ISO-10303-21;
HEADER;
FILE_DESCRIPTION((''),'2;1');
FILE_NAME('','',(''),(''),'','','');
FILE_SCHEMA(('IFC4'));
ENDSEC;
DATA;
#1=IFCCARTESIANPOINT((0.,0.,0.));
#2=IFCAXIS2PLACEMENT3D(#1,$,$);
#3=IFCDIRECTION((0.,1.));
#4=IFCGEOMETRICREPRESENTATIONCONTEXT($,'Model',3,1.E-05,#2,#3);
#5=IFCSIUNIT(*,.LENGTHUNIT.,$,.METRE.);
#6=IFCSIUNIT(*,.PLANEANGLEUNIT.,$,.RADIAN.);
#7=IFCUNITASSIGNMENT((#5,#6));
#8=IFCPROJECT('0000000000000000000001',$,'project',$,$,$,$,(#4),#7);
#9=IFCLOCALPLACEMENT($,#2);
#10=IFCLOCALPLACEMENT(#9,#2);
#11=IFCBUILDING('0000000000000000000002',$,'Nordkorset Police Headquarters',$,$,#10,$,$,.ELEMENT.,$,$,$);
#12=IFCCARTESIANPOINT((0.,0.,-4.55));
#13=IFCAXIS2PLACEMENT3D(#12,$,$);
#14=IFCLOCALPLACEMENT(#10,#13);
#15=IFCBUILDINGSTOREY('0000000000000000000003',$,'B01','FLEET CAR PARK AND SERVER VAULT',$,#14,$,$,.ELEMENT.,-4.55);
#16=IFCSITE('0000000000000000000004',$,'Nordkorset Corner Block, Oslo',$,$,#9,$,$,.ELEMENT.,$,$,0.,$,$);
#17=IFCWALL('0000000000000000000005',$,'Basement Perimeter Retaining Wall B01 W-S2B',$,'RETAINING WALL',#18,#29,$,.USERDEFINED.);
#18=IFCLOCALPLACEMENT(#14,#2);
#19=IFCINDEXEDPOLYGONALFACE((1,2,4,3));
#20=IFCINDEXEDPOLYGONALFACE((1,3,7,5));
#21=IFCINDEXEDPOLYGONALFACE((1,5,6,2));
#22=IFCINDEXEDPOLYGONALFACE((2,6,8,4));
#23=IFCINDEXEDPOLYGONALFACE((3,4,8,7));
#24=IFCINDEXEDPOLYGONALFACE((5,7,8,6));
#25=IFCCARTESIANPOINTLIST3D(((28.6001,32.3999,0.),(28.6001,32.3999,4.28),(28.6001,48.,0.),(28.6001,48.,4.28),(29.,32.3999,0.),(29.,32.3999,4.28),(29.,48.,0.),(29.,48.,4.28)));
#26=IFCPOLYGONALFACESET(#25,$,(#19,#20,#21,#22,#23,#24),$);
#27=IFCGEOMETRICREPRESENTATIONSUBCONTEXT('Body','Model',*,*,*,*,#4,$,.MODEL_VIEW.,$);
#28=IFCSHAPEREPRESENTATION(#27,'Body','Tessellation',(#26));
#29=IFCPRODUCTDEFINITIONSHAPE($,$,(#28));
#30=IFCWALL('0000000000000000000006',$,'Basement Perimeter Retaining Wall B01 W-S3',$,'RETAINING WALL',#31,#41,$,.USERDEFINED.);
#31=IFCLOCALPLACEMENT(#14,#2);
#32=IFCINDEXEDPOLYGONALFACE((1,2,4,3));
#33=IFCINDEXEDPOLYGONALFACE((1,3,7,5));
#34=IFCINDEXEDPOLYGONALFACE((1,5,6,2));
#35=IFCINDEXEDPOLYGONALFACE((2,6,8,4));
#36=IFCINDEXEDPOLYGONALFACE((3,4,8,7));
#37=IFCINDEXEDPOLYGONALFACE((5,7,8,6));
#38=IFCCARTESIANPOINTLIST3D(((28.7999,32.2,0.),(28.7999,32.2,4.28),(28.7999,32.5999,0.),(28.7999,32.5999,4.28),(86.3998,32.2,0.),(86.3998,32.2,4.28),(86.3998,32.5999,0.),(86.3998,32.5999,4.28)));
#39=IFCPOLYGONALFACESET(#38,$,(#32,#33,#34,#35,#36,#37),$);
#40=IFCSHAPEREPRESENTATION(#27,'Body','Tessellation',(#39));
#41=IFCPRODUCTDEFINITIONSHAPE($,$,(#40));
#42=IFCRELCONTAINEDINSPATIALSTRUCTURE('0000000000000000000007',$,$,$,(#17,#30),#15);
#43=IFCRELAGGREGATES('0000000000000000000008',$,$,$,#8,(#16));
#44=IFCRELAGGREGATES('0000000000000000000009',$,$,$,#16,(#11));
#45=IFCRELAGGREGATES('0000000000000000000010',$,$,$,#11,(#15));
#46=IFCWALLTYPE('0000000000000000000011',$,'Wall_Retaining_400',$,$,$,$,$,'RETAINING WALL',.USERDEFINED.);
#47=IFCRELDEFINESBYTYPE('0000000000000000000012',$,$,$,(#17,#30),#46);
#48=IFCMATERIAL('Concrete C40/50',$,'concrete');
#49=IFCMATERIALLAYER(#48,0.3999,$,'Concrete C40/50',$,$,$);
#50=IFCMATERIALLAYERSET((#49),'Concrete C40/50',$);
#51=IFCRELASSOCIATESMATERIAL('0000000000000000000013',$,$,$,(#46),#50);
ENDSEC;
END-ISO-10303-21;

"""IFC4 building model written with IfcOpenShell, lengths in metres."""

from ifc_helpers import new_model, si_unit, direction, frame, frame_2d, origin, place, context, subcontext, project, spatial, rectangle, extrude, material, layer, layer_set, type_object, element, save


model = new_model("IFC4")

# Units and contexts
model_context = context("Model", 3, precision=1e-05, world=origin(), true_north=direction((0.0, 1.0)))
body_context = subcontext(model_context, "Body", "Model", "MODEL_VIEW")
ifc_project = project(units=[si_unit("LENGTHUNIT", "METRE"), si_unit("PLANEANGLEUNIT", "RADIAN")], contexts=[model_context])

# Site, building, storey
site_placement = place(None, origin())
site = spatial("IfcSite", under=ifc_project, at=site_placement, Name="Nordkorset Corner Block, Oslo", CompositionType="ELEMENT", RefElevation=0.0)
building_placement = place(site_placement, origin())
building = spatial("IfcBuilding", under=site, at=building_placement, Name="Nordkorset Police Headquarters", CompositionType="ELEMENT")
storey_placement = place(building_placement, frame((0.0, 0.0, -4.55)))
storey = spatial("IfcBuildingStorey", under=building, at=storey_placement, Name="B01", Description="FLEET CAR PARK AND SERVER VAULT", CompositionType="ELEMENT", Elevation=-4.55)

# Walls
ifc_material_1 = material(Name="Concrete C40/50", Category="concrete")
ifc_layer_1 = layer(ifc_material_1, 0.3999, Name="Concrete C40/50")
ifc_layer_set_1 = layer_set([ifc_layer_1], Name="Concrete C40/50")
wall_type_1 = type_object("IfcWallType", Name="Wall_Retaining_400", ElementType="RETAINING WALL", PredefinedType="USERDEFINED", material=ifc_layer_set_1)
wall_1_placement = place(storey_placement, frame((28.8, 32.3999, 0.0), z_axis=(0.0, 0.0, 1.0), x_axis=(0.0, 1.0, 0.0)))
element("IfcWall", 1, at=wall_1_placement, inside=storey, type_object=wall_type_1, Name="Basement Perimeter Retaining Wall B01 W-S2B", ObjectType="RETAINING WALL", PredefinedType="USERDEFINED", context=body_context, shape_type="SweptSolid", body=[
    extrude(rectangle(XDim=15.6001, YDim=0.3999, at=frame_2d((7.8, 0.0))), origin(), (0.0, 0.0, 1.0), 4.28),
])
wall_2_placement = place(storey_placement, frame((28.8, 32.3999, 0.0), z_axis=(0.0, 0.0, 1.0), x_axis=(1.0, 0.0, 0.0)))
element("IfcWall", 2, at=wall_2_placement, inside=storey, type_object=wall_type_1, Name="Basement Perimeter Retaining Wall B01 W-S3", ObjectType="RETAINING WALL", PredefinedType="USERDEFINED", context=body_context, shape_type="SweptSolid", body=[
    extrude(rectangle(XDim=57.5999, YDim=0.3999, at=frame_2d((28.7998, 0.0))), origin(), (0.0, 0.0, 1.0), 4.28),
])

save(model, "model.ifc")
